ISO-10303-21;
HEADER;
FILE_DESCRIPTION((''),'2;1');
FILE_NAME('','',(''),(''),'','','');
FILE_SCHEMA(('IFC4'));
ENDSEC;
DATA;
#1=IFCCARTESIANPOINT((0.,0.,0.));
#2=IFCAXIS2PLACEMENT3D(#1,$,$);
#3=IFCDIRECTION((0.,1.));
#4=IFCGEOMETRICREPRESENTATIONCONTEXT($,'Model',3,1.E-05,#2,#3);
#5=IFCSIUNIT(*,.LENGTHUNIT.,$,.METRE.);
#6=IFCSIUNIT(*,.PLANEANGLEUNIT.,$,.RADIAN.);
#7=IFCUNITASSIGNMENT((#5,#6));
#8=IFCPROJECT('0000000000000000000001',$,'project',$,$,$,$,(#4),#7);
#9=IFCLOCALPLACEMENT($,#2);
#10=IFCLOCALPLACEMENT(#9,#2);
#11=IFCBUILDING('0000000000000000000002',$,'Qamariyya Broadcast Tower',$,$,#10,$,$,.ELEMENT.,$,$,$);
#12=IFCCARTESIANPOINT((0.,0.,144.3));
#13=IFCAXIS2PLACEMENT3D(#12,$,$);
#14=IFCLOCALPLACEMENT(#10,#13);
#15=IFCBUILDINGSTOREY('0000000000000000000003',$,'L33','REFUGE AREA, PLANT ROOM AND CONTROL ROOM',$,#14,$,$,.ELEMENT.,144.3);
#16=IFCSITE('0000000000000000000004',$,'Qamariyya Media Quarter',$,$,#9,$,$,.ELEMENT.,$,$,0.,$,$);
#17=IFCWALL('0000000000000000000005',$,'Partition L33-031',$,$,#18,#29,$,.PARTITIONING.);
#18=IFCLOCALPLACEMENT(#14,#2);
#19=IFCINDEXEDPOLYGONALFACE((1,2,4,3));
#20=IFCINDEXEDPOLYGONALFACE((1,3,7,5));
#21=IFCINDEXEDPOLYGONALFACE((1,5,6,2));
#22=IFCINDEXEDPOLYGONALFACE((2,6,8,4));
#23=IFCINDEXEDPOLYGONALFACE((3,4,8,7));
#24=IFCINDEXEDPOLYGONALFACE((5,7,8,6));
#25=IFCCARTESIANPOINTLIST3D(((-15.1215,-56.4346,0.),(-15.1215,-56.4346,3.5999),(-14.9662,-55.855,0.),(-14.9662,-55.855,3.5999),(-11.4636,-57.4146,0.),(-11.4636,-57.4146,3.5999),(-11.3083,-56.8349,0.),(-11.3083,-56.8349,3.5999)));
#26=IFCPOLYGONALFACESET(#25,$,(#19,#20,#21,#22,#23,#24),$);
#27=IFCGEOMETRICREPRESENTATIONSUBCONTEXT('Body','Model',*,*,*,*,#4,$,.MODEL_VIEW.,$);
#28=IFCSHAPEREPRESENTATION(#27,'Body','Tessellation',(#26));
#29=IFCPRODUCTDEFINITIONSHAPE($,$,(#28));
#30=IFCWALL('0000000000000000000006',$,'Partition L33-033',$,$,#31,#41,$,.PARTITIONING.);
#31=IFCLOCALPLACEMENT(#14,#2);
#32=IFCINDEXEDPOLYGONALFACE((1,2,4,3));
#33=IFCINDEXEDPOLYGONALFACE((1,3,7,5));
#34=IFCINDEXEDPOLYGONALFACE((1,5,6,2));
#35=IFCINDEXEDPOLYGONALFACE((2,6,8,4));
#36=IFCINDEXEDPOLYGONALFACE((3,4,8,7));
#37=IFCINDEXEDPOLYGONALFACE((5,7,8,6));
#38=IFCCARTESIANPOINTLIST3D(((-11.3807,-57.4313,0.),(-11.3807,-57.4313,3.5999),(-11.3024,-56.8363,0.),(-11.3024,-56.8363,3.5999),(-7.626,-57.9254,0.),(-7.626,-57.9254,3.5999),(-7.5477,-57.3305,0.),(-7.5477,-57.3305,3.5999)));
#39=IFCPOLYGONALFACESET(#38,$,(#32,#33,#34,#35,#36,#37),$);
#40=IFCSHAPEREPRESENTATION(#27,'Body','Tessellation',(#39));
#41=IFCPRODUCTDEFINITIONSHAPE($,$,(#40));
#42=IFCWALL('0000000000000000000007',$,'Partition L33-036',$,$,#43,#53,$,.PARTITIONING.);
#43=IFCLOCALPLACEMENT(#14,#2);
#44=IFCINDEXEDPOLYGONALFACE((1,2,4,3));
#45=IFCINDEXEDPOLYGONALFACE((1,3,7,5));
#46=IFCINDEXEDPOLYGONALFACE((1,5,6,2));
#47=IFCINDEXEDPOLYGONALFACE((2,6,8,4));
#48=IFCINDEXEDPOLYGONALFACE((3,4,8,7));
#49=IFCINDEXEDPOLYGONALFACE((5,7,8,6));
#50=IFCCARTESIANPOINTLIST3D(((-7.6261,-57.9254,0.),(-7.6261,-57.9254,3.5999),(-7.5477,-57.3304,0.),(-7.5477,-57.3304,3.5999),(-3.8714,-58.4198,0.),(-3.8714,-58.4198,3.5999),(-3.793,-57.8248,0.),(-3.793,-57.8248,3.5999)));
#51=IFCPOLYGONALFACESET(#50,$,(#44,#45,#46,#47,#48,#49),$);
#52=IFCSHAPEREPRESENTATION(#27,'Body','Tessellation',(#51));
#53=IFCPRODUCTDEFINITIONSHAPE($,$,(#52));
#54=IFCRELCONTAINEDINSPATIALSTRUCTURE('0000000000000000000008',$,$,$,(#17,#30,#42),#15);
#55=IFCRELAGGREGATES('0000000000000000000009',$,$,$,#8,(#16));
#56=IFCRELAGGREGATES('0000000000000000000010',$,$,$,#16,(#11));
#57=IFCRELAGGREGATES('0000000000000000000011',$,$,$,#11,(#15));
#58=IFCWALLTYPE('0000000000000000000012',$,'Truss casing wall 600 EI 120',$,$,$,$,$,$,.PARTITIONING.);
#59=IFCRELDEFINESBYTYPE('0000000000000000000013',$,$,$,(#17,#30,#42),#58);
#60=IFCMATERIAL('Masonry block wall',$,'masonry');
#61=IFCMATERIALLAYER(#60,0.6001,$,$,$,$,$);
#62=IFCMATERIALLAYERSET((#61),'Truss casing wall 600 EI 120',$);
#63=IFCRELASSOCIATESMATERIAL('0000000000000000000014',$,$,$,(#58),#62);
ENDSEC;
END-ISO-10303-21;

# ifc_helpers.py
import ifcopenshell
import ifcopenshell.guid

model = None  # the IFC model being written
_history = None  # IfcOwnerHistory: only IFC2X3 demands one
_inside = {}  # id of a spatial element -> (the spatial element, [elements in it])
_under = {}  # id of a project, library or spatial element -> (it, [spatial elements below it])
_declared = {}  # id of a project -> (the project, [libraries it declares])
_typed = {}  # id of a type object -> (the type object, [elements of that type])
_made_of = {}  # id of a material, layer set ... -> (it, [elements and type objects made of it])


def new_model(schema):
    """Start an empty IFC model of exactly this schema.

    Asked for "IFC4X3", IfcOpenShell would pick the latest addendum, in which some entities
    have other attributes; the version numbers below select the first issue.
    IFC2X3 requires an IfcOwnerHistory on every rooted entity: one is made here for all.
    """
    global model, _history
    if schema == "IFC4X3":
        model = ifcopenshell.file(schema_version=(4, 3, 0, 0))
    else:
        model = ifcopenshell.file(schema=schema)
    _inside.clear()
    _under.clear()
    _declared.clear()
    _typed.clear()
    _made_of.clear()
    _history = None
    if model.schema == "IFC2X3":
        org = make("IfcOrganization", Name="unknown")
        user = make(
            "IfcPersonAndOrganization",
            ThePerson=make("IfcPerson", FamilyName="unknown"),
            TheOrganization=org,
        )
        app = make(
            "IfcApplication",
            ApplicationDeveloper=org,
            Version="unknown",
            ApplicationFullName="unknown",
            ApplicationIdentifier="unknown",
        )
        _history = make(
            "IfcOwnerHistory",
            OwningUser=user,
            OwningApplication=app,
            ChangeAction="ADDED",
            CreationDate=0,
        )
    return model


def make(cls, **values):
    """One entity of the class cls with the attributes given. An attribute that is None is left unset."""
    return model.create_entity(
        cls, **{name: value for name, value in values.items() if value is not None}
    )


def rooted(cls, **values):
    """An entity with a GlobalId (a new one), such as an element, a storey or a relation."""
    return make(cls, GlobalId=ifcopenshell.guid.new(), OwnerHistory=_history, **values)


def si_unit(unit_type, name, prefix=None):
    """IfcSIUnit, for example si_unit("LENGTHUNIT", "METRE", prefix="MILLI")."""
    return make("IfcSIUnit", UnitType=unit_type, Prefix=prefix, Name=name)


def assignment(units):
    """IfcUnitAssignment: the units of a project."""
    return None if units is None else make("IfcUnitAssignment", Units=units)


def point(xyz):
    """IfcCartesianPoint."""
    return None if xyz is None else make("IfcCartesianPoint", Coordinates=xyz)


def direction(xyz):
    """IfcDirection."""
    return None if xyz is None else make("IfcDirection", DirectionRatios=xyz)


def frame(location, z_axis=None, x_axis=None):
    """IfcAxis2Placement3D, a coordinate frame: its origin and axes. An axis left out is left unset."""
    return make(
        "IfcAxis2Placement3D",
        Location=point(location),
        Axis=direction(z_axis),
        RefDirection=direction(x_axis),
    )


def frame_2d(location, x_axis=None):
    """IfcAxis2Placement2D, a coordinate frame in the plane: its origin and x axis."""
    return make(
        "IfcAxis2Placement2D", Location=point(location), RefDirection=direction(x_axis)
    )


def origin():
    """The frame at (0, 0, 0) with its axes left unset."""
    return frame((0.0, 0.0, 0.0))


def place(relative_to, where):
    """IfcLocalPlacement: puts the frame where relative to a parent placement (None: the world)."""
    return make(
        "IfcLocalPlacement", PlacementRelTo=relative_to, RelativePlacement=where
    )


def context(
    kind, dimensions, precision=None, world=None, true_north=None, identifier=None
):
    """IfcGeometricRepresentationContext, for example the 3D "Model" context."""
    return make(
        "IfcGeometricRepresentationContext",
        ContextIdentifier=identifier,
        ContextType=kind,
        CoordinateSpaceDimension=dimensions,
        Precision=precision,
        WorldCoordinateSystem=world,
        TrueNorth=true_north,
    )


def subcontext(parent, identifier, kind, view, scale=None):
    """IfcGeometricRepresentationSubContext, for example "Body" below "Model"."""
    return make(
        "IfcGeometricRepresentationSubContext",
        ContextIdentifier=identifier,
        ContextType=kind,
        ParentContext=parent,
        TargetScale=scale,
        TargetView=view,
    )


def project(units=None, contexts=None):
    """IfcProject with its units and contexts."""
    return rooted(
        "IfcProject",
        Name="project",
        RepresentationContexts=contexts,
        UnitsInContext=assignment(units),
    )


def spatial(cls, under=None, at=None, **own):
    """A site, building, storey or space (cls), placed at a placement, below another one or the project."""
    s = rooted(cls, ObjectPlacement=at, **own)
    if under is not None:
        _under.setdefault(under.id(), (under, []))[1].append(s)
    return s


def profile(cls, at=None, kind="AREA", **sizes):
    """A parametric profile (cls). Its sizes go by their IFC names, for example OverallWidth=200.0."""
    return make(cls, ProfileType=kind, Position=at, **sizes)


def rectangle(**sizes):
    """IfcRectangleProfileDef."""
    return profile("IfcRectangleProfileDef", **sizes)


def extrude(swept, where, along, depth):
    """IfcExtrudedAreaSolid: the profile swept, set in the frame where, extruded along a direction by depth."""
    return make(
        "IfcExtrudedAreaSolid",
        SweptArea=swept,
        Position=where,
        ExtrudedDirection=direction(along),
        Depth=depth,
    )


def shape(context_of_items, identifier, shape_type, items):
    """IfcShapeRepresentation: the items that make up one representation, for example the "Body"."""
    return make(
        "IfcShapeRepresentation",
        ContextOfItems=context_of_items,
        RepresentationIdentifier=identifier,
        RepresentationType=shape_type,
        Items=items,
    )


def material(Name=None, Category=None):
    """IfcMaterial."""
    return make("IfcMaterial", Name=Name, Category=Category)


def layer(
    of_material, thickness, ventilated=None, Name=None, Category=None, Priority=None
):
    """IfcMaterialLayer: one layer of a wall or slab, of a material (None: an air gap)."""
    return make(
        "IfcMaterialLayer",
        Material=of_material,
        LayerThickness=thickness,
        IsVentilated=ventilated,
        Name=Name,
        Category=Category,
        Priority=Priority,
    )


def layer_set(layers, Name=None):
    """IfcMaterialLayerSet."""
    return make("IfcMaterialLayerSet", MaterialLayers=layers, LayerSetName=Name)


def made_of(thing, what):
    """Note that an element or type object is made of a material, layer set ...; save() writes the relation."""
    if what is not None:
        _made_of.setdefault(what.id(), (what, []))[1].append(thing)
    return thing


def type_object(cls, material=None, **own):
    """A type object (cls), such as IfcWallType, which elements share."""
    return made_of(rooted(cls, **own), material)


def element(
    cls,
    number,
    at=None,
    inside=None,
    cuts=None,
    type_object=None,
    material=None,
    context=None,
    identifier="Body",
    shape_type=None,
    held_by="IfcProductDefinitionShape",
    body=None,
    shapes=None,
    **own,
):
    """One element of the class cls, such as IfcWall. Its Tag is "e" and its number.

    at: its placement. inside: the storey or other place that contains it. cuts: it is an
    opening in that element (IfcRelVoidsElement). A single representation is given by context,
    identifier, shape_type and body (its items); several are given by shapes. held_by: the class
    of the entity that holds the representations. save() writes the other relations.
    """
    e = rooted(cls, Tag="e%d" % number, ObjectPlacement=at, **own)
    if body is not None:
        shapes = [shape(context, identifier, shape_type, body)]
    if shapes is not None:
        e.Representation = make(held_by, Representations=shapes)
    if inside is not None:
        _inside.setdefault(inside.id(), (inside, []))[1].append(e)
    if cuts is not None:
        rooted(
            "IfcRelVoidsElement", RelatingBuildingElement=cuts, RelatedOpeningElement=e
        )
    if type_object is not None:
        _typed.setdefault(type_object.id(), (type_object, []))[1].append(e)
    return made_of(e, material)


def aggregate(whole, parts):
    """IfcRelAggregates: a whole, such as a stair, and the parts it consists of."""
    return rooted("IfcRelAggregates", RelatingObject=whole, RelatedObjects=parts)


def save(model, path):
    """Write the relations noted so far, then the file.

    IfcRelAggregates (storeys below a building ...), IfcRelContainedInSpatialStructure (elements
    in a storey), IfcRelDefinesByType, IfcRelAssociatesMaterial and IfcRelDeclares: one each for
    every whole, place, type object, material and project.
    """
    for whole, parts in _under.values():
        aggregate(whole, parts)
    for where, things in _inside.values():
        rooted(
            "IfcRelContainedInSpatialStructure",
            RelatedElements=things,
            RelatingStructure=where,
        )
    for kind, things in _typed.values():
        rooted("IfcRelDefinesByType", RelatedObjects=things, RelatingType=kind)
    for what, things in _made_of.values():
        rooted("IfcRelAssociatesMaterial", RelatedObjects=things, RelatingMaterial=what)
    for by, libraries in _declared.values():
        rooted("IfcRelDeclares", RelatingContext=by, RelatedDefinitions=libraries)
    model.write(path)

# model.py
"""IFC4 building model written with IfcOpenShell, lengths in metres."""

from ifc_helpers import new_model, si_unit, direction, frame, frame_2d, origin, place, context, subcontext, project, spatial, rectangle, extrude, material, layer, layer_set, type_object, element, save


model = new_model("IFC4")

# Units and contexts
model_context = context("Model", 3, precision=1e-05, world=origin(), true_north=direction((0.0, 1.0)))
body_context = subcontext(model_context, "Body", "Model", "MODEL_VIEW")
ifc_project = project(units=[si_unit("LENGTHUNIT", "METRE"), si_unit("PLANEANGLEUNIT", "RADIAN")], contexts=[model_context])

# Site, building, storey
site_placement = place(None, origin())
site = spatial("IfcSite", under=ifc_project, at=site_placement, Name="Qamariyya Media Quarter", CompositionType="ELEMENT", RefElevation=0.0)
building_placement = place(site_placement, origin())
building = spatial("IfcBuilding", under=site, at=building_placement, Name="Qamariyya Broadcast Tower", CompositionType="ELEMENT")
storey_placement = place(building_placement, frame((0.0, 0.0, 144.3)))
storey = spatial("IfcBuildingStorey", under=building, at=storey_placement, Name="L33", Description="REFUGE AREA, PLANT ROOM AND CONTROL ROOM", CompositionType="ELEMENT", Elevation=144.3)

# Walls
ifc_material_1 = material(Name="Masonry block wall", Category="masonry")
ifc_layer_1 = layer(ifc_material_1, 0.6001)
ifc_layer_set_1 = layer_set([ifc_layer_1], Name="Truss casing wall 600 EI 120")
wall_type_1 = type_object("IfcWallType", Name="Truss casing wall 600 EI 120", PredefinedType="PARTITIONING", material=ifc_layer_set_1)
wall_1_placement = place(storey_placement, frame((-15.0439, -56.1448, 0.0), z_axis=(0.0, 0.0, 1.0), x_axis=(0.965937, -0.258778, 0.0)))
element("IfcWall", 1, at=wall_1_placement, inside=storey, type_object=wall_type_1, Name="Partition L33-031", PredefinedType="PARTITIONING", context=body_context, shape_type="SweptSolid", body=[
    extrude(rectangle(XDim=3.7869, YDim=0.6001, at=frame_2d((1.8936, 0.0))), origin(), (0.0, 0.0, 1.0), 3.5999),
])
for number, where, z_axis, x_axis, name in (
    (2, (-11.3416, -57.1338, 0.0), (0.0, 0.0, 1.0), (0.991451, -0.130483, 0.0), "Partition L33-033"),
    (3, (-7.5869, -57.6279, 0.0), (0.0, 0.0, 1.0), (0.991442, -0.130546, 0.0), "Partition L33-036"),
):
    element("IfcWall", number, at=place(storey_placement, frame(where, z_axis=z_axis, x_axis=x_axis)), inside=storey, type_object=wall_type_1, Name=name, PredefinedType="PARTITIONING", context=body_context, shape_type="SweptSolid", body=[
        extrude(rectangle(XDim=3.7871, YDim=0.6001, at=frame_2d((1.8936, 0.0))), origin(), (0.0, 0.0, 1.0), 3.5999),
    ])

save(model, "model.ifc")
